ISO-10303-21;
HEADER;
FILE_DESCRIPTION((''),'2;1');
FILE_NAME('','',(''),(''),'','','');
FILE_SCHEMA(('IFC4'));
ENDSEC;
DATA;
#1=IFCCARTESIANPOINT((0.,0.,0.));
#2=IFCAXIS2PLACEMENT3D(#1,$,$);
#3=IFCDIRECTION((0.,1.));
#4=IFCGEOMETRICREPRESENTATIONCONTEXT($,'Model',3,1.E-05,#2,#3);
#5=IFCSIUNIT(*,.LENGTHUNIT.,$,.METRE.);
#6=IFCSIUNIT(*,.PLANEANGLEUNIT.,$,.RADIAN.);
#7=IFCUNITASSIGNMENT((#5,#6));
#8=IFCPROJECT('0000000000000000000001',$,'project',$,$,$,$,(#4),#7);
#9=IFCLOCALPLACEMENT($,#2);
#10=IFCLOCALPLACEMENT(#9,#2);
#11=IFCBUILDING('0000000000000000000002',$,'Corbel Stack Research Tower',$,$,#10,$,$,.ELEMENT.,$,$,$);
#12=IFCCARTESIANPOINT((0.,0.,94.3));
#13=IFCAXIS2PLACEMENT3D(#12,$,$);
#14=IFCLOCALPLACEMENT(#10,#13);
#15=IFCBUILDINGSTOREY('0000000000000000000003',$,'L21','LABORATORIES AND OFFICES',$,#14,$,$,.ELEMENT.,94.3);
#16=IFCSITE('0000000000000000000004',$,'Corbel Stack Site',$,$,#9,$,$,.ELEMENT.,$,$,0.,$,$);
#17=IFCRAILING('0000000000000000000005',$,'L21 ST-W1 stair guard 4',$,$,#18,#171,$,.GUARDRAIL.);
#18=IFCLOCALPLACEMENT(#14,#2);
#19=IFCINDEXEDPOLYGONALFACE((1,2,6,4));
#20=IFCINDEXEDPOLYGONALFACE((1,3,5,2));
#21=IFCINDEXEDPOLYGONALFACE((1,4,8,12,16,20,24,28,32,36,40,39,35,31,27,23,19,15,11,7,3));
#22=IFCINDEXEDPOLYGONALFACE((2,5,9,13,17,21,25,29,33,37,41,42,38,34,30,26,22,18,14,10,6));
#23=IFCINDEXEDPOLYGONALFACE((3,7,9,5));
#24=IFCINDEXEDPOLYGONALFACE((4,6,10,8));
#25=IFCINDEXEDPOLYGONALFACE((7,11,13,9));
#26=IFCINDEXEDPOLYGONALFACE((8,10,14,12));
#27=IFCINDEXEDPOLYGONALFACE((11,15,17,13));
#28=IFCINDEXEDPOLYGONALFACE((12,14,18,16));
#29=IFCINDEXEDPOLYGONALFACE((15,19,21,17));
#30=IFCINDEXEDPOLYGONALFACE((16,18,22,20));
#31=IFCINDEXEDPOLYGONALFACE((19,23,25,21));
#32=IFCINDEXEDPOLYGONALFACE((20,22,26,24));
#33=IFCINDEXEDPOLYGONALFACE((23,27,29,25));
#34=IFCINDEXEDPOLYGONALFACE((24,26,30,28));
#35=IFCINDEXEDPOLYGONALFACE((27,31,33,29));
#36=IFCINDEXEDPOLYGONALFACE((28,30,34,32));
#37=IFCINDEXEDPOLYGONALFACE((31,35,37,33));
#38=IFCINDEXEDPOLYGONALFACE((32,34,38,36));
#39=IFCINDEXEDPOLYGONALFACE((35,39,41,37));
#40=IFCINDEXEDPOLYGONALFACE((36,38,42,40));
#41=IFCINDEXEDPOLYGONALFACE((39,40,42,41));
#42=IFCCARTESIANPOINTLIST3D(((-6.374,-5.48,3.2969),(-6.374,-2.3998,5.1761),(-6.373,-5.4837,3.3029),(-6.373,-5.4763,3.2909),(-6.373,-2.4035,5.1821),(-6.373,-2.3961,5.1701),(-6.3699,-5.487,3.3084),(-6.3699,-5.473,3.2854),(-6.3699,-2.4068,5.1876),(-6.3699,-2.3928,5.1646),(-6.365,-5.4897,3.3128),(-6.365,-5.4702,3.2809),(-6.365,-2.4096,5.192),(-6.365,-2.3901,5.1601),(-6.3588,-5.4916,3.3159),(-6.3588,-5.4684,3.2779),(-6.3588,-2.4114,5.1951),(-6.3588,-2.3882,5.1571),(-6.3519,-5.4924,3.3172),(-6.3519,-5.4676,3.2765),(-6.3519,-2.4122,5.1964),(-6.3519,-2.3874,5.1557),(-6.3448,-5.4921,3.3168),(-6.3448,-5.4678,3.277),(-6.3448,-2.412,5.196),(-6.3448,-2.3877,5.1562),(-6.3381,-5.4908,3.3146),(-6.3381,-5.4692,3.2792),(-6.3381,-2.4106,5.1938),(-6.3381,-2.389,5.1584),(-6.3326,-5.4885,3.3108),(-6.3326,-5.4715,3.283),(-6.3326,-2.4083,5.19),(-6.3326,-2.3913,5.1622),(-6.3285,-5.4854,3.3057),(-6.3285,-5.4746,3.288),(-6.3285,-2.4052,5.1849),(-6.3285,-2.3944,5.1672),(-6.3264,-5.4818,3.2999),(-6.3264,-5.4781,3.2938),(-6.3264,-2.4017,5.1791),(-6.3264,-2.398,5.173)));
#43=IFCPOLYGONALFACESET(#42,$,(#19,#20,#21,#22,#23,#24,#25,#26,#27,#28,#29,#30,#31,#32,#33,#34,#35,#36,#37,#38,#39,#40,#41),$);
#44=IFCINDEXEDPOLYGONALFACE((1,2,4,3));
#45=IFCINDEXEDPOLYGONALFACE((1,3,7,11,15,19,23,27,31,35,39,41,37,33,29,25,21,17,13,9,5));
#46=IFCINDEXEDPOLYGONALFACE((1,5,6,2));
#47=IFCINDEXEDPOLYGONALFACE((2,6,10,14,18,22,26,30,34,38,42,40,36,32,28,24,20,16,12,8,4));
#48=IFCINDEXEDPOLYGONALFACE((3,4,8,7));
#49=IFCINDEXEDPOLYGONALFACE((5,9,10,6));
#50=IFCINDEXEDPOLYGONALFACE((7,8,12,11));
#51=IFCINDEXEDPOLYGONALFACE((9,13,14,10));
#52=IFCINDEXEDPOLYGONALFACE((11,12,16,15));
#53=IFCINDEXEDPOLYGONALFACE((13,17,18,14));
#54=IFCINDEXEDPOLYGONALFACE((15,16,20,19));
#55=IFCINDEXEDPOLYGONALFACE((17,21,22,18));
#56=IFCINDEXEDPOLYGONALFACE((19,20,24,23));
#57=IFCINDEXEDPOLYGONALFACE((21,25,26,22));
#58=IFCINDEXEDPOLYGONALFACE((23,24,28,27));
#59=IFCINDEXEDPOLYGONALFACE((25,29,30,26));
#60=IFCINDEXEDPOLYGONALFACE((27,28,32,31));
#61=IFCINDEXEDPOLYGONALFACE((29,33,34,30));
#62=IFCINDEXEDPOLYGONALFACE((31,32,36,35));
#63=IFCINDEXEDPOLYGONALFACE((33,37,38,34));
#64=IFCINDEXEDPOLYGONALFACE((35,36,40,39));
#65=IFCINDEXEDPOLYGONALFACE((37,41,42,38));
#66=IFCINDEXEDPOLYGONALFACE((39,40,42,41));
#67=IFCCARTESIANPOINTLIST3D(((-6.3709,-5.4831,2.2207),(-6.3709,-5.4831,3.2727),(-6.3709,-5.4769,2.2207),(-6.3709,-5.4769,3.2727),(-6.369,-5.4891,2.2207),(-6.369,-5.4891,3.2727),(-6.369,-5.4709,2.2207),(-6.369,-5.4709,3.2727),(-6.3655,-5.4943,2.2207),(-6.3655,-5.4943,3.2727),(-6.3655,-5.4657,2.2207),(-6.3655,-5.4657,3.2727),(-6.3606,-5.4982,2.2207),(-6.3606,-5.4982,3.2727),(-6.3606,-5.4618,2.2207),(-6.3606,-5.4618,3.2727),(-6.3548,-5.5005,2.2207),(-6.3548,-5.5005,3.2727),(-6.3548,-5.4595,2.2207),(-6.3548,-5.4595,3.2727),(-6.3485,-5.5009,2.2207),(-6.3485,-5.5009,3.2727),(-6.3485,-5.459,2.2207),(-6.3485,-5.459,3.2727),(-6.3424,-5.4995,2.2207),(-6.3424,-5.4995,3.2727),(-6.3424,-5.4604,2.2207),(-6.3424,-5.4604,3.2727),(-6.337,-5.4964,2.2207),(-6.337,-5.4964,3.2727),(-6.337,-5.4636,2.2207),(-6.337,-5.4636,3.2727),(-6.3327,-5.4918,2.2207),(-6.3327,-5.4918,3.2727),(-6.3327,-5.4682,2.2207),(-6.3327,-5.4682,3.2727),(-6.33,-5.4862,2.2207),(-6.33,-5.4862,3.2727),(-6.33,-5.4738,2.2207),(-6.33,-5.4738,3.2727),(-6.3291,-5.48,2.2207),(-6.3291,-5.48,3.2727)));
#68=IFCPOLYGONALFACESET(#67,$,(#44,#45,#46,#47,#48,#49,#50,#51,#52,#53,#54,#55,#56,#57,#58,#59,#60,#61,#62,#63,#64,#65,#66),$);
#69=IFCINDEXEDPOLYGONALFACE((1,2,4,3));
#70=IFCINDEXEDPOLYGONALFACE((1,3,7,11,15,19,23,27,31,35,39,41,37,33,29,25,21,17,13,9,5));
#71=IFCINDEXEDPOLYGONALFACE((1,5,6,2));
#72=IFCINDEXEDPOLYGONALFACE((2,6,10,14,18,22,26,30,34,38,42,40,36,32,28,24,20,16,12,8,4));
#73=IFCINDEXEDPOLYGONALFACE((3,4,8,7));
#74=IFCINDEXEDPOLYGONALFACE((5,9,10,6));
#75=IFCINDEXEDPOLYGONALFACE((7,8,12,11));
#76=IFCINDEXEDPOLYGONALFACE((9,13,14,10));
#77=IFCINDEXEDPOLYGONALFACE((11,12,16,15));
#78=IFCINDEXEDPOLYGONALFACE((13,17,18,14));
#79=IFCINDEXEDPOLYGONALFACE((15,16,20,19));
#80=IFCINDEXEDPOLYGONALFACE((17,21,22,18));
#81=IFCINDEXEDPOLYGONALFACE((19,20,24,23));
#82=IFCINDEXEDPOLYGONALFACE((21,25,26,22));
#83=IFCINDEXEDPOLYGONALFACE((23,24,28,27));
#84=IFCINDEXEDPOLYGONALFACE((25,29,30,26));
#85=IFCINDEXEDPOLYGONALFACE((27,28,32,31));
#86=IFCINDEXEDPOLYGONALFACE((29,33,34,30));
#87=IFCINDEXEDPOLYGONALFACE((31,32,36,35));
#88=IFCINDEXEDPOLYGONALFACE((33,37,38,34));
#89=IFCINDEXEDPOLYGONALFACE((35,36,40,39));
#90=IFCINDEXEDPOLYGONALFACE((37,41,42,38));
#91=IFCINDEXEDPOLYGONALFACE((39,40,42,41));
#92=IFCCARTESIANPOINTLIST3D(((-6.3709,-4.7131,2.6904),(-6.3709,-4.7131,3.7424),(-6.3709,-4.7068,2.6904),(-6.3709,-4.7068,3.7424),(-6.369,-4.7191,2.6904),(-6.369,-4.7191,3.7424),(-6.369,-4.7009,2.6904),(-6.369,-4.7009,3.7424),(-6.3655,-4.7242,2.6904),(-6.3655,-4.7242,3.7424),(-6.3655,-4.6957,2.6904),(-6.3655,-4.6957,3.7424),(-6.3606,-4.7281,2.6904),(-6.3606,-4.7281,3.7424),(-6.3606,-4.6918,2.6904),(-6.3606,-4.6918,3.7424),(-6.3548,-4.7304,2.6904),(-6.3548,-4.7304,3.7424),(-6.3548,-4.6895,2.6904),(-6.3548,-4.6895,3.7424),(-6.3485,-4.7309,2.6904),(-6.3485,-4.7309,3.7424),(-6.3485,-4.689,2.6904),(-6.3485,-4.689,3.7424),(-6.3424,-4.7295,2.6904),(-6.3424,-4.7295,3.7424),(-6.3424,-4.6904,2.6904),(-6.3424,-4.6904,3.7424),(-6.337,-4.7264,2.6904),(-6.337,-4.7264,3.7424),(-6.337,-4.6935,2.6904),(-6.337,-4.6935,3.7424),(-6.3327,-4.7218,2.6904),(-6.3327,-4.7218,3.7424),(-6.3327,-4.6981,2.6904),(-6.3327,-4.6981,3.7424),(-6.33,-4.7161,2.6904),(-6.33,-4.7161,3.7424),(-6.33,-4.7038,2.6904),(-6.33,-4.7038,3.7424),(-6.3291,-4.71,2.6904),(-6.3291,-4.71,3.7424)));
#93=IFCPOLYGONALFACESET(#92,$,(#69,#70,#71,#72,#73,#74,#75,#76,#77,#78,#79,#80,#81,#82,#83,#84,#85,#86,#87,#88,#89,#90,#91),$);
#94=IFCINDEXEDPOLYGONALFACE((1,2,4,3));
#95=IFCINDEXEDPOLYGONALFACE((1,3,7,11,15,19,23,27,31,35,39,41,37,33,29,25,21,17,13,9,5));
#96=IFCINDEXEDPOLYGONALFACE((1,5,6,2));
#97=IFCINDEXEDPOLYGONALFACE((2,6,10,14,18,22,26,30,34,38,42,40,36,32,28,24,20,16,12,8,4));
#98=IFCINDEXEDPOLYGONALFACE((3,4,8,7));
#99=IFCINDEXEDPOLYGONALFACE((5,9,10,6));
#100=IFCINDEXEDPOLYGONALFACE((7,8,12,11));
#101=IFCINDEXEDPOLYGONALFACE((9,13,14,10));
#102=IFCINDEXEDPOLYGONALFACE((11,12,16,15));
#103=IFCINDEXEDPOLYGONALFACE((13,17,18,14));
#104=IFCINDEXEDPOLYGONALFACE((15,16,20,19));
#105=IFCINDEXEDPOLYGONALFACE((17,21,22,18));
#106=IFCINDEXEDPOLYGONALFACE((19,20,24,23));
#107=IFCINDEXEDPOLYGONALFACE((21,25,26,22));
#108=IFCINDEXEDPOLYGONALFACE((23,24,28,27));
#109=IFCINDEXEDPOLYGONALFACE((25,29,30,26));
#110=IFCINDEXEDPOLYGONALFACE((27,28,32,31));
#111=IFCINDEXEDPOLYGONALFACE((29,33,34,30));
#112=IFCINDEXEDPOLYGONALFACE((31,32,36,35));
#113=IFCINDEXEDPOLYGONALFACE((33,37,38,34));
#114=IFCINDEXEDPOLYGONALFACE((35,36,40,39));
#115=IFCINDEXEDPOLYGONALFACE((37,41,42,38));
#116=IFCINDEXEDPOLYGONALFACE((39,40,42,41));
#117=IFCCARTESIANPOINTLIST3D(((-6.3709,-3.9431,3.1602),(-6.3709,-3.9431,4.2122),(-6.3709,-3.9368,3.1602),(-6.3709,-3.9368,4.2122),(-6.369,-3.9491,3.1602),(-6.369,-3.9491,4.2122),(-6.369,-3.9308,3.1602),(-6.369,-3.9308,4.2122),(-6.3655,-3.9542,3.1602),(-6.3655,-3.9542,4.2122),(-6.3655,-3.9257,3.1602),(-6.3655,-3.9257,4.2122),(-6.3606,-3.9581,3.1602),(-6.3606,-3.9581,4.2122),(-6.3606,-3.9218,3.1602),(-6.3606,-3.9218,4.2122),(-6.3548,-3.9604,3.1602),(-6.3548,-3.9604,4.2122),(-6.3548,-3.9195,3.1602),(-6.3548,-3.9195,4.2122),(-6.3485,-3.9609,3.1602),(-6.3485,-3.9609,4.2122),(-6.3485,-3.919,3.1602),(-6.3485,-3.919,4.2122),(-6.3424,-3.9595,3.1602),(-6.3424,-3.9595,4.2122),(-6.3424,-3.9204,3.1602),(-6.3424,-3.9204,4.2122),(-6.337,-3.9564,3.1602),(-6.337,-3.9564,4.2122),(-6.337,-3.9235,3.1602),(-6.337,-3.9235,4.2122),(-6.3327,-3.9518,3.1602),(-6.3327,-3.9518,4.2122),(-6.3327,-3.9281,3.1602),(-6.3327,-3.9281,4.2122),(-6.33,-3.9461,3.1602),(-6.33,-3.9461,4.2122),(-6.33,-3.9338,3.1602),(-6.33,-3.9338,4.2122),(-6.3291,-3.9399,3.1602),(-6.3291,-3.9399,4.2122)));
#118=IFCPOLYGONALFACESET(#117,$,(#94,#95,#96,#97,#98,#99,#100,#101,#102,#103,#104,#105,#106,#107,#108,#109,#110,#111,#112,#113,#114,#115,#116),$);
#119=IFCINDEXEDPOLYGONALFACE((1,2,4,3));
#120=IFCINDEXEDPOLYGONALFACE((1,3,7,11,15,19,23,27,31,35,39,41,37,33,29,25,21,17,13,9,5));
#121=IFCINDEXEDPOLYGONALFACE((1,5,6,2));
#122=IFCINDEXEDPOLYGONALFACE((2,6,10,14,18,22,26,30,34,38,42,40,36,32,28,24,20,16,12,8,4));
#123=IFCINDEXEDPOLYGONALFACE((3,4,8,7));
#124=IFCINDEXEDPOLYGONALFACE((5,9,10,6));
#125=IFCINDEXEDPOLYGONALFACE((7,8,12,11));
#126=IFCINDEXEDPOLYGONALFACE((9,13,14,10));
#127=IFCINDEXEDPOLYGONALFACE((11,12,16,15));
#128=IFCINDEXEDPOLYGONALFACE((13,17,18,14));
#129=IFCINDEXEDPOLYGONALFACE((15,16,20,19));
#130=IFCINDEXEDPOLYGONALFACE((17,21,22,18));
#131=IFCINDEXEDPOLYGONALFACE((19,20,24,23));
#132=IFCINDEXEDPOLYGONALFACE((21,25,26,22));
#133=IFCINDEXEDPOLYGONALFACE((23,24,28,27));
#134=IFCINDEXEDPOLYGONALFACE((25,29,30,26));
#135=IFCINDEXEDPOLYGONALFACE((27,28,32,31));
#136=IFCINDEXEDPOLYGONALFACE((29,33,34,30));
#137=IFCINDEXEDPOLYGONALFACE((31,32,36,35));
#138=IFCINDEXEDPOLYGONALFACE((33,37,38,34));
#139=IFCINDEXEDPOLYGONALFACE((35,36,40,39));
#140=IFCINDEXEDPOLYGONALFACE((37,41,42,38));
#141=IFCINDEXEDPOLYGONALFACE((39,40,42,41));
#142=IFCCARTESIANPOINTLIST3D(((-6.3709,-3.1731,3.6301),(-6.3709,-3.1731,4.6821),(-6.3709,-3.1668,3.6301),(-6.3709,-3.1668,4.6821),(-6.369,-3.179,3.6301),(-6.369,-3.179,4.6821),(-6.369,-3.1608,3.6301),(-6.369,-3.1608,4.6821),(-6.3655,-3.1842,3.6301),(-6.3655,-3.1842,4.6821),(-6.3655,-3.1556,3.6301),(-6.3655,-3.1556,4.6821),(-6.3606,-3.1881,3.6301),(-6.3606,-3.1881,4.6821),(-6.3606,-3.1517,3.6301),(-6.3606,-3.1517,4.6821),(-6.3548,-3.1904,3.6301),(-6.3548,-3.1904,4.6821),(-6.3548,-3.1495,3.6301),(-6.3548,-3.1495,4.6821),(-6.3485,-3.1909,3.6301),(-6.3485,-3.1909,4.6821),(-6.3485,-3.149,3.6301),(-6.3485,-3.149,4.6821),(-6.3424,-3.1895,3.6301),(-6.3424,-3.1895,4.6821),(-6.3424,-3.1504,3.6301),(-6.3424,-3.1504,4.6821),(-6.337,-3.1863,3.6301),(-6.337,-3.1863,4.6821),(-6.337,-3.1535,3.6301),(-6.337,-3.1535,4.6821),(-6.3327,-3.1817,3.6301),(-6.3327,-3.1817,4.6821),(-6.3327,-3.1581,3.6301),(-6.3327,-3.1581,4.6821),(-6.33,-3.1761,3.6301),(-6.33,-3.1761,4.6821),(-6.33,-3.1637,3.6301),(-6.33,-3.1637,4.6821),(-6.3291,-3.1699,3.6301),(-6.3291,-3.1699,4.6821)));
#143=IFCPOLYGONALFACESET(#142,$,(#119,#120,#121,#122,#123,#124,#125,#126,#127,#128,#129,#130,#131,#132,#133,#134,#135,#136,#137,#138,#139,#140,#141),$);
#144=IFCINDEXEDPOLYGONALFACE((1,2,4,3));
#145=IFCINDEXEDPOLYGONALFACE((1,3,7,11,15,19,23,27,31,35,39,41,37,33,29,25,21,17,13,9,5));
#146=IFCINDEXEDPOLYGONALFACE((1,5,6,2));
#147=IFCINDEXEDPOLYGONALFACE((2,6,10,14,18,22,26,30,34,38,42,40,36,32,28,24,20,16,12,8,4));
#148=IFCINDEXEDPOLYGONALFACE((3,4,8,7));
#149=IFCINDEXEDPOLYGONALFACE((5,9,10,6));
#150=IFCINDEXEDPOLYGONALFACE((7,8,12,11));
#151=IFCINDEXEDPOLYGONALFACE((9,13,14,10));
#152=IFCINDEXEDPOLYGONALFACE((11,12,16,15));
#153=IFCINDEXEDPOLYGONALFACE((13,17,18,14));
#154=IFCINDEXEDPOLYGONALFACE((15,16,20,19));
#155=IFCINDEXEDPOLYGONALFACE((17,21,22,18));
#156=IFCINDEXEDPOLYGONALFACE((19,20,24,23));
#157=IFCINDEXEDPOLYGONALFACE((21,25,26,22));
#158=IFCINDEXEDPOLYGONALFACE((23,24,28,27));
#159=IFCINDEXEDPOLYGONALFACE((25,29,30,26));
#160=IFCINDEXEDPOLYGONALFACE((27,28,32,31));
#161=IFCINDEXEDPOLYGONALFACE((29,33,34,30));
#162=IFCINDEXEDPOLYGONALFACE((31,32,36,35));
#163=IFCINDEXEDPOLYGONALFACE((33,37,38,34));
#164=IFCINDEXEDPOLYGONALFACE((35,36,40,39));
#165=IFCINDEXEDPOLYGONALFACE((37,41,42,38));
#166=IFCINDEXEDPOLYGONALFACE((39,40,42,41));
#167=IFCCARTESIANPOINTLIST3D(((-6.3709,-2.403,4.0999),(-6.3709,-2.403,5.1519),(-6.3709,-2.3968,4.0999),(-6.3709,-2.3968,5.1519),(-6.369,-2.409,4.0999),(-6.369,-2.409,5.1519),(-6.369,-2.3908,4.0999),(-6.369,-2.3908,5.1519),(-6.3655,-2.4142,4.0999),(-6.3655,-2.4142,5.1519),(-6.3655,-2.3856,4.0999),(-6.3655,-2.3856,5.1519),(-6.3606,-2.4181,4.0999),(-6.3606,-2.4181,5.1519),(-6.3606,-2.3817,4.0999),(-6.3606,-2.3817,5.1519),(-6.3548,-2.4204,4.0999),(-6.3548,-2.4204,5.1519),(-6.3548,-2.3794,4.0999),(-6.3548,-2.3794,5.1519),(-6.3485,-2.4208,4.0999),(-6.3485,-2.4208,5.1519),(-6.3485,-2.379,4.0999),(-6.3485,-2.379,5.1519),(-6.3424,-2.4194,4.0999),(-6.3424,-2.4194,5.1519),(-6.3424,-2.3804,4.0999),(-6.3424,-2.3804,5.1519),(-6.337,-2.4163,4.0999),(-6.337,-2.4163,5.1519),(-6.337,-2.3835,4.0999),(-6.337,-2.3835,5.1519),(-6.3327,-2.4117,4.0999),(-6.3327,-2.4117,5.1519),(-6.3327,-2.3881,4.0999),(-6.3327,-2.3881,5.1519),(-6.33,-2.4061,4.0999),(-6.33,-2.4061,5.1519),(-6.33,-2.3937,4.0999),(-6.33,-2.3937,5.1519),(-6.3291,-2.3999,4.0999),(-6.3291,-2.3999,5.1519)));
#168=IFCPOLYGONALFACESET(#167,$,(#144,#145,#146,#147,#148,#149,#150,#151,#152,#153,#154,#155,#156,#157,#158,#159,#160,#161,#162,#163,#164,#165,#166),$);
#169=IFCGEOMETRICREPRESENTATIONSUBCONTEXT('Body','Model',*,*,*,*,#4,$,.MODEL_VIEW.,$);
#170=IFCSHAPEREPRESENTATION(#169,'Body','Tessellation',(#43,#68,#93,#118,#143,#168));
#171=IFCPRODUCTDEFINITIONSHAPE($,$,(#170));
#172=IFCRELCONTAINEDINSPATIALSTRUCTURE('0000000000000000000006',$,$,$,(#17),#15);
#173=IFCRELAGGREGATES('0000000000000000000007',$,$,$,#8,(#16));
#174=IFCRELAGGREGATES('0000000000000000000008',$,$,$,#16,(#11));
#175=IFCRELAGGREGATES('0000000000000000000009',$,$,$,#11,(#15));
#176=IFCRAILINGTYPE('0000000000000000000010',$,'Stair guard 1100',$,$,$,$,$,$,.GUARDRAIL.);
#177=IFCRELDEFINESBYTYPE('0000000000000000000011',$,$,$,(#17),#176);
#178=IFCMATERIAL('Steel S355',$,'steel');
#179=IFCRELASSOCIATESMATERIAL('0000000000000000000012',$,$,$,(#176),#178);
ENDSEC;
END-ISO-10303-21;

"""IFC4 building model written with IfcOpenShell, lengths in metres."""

from ifc_helpers import new_model, si_unit, direction, frame, origin, origin_2d, place, context, subcontext, project, spatial, circle, extrude, material, type_object, element, save


model = new_model("IFC4")

# Units and contexts
model_context = context("Model", 3, precision=1e-05, world=origin(), true_north=direction((0.0, 1.0)))
body_context = subcontext(model_context, "Body", "Model", "MODEL_VIEW")
ifc_project = project(units=[si_unit("LENGTHUNIT", "METRE"), si_unit("PLANEANGLEUNIT", "RADIAN")], contexts=[model_context])

# Site, building, storey
site_placement = place(None, origin())
site = spatial("IfcSite", under=ifc_project, at=site_placement, Name="Corbel Stack Site", CompositionType="ELEMENT", RefElevation=0.0)
building_placement = place(site_placement, origin())
building = spatial("IfcBuilding", under=site, at=building_placement, Name="Corbel Stack Research Tower", CompositionType="ELEMENT")
storey_placement = place(building_placement, frame((0.0, 0.0, 94.3)))
storey = spatial("IfcBuildingStorey", under=building, at=storey_placement, Name="L21", Description="LABORATORIES AND OFFICES", CompositionType="ELEMENT", Elevation=94.3)

# Railing
ifc_material_1 = material(Name="Steel S355", Category="steel")
railing_type_1 = type_object("IfcRailingType", Name="Stair guard 1100", PredefinedType="GUARDRAIL", material=ifc_material_1)
railing_1_placement = place(storey_placement, frame((-6.3501, -5.48, 2.2207)))
element("IfcRailing", 1, at=railing_1_placement, inside=storey, type_object=railing_type_1, Name="L21 ST-W1 stair guard 4", PredefinedType="GUARDRAIL", context=body_context, shape_type="SweptSolid", body=[
    extrude(circle(Radius=0.0239, at=origin_2d()), frame((0.0, 0.0, 1.0762), z_axis=(0.0, 0.853666, 0.52082), x_axis=(-1.0, 0.0, 0.0)), (0.0, 0.0, 1.0), 3.6082),
    extrude(circle(Radius=0.021, at=origin_2d()), origin(), (0.0, 0.0, 1.0), 1.052),
    extrude(circle(Radius=0.021, at=origin_2d()), frame((0.0, 0.77, 0.4697)), (0.0, 0.0, 1.0), 1.052),
    extrude(circle(Radius=0.021, at=origin_2d()), frame((0.0, 1.54, 0.9395)), (0.0, 0.0, 1.0), 1.052),
    extrude(circle(Radius=0.021, at=origin_2d()), frame((0.0, 2.3101, 1.4094)), (0.0, 0.0, 1.0), 1.052),
    extrude(circle(Radius=0.021, at=origin_2d()), frame((0.0, 3.0801, 1.8792)), (0.0, 0.0, 1.0), 1.052),
])

save(model, "model.ifc")
